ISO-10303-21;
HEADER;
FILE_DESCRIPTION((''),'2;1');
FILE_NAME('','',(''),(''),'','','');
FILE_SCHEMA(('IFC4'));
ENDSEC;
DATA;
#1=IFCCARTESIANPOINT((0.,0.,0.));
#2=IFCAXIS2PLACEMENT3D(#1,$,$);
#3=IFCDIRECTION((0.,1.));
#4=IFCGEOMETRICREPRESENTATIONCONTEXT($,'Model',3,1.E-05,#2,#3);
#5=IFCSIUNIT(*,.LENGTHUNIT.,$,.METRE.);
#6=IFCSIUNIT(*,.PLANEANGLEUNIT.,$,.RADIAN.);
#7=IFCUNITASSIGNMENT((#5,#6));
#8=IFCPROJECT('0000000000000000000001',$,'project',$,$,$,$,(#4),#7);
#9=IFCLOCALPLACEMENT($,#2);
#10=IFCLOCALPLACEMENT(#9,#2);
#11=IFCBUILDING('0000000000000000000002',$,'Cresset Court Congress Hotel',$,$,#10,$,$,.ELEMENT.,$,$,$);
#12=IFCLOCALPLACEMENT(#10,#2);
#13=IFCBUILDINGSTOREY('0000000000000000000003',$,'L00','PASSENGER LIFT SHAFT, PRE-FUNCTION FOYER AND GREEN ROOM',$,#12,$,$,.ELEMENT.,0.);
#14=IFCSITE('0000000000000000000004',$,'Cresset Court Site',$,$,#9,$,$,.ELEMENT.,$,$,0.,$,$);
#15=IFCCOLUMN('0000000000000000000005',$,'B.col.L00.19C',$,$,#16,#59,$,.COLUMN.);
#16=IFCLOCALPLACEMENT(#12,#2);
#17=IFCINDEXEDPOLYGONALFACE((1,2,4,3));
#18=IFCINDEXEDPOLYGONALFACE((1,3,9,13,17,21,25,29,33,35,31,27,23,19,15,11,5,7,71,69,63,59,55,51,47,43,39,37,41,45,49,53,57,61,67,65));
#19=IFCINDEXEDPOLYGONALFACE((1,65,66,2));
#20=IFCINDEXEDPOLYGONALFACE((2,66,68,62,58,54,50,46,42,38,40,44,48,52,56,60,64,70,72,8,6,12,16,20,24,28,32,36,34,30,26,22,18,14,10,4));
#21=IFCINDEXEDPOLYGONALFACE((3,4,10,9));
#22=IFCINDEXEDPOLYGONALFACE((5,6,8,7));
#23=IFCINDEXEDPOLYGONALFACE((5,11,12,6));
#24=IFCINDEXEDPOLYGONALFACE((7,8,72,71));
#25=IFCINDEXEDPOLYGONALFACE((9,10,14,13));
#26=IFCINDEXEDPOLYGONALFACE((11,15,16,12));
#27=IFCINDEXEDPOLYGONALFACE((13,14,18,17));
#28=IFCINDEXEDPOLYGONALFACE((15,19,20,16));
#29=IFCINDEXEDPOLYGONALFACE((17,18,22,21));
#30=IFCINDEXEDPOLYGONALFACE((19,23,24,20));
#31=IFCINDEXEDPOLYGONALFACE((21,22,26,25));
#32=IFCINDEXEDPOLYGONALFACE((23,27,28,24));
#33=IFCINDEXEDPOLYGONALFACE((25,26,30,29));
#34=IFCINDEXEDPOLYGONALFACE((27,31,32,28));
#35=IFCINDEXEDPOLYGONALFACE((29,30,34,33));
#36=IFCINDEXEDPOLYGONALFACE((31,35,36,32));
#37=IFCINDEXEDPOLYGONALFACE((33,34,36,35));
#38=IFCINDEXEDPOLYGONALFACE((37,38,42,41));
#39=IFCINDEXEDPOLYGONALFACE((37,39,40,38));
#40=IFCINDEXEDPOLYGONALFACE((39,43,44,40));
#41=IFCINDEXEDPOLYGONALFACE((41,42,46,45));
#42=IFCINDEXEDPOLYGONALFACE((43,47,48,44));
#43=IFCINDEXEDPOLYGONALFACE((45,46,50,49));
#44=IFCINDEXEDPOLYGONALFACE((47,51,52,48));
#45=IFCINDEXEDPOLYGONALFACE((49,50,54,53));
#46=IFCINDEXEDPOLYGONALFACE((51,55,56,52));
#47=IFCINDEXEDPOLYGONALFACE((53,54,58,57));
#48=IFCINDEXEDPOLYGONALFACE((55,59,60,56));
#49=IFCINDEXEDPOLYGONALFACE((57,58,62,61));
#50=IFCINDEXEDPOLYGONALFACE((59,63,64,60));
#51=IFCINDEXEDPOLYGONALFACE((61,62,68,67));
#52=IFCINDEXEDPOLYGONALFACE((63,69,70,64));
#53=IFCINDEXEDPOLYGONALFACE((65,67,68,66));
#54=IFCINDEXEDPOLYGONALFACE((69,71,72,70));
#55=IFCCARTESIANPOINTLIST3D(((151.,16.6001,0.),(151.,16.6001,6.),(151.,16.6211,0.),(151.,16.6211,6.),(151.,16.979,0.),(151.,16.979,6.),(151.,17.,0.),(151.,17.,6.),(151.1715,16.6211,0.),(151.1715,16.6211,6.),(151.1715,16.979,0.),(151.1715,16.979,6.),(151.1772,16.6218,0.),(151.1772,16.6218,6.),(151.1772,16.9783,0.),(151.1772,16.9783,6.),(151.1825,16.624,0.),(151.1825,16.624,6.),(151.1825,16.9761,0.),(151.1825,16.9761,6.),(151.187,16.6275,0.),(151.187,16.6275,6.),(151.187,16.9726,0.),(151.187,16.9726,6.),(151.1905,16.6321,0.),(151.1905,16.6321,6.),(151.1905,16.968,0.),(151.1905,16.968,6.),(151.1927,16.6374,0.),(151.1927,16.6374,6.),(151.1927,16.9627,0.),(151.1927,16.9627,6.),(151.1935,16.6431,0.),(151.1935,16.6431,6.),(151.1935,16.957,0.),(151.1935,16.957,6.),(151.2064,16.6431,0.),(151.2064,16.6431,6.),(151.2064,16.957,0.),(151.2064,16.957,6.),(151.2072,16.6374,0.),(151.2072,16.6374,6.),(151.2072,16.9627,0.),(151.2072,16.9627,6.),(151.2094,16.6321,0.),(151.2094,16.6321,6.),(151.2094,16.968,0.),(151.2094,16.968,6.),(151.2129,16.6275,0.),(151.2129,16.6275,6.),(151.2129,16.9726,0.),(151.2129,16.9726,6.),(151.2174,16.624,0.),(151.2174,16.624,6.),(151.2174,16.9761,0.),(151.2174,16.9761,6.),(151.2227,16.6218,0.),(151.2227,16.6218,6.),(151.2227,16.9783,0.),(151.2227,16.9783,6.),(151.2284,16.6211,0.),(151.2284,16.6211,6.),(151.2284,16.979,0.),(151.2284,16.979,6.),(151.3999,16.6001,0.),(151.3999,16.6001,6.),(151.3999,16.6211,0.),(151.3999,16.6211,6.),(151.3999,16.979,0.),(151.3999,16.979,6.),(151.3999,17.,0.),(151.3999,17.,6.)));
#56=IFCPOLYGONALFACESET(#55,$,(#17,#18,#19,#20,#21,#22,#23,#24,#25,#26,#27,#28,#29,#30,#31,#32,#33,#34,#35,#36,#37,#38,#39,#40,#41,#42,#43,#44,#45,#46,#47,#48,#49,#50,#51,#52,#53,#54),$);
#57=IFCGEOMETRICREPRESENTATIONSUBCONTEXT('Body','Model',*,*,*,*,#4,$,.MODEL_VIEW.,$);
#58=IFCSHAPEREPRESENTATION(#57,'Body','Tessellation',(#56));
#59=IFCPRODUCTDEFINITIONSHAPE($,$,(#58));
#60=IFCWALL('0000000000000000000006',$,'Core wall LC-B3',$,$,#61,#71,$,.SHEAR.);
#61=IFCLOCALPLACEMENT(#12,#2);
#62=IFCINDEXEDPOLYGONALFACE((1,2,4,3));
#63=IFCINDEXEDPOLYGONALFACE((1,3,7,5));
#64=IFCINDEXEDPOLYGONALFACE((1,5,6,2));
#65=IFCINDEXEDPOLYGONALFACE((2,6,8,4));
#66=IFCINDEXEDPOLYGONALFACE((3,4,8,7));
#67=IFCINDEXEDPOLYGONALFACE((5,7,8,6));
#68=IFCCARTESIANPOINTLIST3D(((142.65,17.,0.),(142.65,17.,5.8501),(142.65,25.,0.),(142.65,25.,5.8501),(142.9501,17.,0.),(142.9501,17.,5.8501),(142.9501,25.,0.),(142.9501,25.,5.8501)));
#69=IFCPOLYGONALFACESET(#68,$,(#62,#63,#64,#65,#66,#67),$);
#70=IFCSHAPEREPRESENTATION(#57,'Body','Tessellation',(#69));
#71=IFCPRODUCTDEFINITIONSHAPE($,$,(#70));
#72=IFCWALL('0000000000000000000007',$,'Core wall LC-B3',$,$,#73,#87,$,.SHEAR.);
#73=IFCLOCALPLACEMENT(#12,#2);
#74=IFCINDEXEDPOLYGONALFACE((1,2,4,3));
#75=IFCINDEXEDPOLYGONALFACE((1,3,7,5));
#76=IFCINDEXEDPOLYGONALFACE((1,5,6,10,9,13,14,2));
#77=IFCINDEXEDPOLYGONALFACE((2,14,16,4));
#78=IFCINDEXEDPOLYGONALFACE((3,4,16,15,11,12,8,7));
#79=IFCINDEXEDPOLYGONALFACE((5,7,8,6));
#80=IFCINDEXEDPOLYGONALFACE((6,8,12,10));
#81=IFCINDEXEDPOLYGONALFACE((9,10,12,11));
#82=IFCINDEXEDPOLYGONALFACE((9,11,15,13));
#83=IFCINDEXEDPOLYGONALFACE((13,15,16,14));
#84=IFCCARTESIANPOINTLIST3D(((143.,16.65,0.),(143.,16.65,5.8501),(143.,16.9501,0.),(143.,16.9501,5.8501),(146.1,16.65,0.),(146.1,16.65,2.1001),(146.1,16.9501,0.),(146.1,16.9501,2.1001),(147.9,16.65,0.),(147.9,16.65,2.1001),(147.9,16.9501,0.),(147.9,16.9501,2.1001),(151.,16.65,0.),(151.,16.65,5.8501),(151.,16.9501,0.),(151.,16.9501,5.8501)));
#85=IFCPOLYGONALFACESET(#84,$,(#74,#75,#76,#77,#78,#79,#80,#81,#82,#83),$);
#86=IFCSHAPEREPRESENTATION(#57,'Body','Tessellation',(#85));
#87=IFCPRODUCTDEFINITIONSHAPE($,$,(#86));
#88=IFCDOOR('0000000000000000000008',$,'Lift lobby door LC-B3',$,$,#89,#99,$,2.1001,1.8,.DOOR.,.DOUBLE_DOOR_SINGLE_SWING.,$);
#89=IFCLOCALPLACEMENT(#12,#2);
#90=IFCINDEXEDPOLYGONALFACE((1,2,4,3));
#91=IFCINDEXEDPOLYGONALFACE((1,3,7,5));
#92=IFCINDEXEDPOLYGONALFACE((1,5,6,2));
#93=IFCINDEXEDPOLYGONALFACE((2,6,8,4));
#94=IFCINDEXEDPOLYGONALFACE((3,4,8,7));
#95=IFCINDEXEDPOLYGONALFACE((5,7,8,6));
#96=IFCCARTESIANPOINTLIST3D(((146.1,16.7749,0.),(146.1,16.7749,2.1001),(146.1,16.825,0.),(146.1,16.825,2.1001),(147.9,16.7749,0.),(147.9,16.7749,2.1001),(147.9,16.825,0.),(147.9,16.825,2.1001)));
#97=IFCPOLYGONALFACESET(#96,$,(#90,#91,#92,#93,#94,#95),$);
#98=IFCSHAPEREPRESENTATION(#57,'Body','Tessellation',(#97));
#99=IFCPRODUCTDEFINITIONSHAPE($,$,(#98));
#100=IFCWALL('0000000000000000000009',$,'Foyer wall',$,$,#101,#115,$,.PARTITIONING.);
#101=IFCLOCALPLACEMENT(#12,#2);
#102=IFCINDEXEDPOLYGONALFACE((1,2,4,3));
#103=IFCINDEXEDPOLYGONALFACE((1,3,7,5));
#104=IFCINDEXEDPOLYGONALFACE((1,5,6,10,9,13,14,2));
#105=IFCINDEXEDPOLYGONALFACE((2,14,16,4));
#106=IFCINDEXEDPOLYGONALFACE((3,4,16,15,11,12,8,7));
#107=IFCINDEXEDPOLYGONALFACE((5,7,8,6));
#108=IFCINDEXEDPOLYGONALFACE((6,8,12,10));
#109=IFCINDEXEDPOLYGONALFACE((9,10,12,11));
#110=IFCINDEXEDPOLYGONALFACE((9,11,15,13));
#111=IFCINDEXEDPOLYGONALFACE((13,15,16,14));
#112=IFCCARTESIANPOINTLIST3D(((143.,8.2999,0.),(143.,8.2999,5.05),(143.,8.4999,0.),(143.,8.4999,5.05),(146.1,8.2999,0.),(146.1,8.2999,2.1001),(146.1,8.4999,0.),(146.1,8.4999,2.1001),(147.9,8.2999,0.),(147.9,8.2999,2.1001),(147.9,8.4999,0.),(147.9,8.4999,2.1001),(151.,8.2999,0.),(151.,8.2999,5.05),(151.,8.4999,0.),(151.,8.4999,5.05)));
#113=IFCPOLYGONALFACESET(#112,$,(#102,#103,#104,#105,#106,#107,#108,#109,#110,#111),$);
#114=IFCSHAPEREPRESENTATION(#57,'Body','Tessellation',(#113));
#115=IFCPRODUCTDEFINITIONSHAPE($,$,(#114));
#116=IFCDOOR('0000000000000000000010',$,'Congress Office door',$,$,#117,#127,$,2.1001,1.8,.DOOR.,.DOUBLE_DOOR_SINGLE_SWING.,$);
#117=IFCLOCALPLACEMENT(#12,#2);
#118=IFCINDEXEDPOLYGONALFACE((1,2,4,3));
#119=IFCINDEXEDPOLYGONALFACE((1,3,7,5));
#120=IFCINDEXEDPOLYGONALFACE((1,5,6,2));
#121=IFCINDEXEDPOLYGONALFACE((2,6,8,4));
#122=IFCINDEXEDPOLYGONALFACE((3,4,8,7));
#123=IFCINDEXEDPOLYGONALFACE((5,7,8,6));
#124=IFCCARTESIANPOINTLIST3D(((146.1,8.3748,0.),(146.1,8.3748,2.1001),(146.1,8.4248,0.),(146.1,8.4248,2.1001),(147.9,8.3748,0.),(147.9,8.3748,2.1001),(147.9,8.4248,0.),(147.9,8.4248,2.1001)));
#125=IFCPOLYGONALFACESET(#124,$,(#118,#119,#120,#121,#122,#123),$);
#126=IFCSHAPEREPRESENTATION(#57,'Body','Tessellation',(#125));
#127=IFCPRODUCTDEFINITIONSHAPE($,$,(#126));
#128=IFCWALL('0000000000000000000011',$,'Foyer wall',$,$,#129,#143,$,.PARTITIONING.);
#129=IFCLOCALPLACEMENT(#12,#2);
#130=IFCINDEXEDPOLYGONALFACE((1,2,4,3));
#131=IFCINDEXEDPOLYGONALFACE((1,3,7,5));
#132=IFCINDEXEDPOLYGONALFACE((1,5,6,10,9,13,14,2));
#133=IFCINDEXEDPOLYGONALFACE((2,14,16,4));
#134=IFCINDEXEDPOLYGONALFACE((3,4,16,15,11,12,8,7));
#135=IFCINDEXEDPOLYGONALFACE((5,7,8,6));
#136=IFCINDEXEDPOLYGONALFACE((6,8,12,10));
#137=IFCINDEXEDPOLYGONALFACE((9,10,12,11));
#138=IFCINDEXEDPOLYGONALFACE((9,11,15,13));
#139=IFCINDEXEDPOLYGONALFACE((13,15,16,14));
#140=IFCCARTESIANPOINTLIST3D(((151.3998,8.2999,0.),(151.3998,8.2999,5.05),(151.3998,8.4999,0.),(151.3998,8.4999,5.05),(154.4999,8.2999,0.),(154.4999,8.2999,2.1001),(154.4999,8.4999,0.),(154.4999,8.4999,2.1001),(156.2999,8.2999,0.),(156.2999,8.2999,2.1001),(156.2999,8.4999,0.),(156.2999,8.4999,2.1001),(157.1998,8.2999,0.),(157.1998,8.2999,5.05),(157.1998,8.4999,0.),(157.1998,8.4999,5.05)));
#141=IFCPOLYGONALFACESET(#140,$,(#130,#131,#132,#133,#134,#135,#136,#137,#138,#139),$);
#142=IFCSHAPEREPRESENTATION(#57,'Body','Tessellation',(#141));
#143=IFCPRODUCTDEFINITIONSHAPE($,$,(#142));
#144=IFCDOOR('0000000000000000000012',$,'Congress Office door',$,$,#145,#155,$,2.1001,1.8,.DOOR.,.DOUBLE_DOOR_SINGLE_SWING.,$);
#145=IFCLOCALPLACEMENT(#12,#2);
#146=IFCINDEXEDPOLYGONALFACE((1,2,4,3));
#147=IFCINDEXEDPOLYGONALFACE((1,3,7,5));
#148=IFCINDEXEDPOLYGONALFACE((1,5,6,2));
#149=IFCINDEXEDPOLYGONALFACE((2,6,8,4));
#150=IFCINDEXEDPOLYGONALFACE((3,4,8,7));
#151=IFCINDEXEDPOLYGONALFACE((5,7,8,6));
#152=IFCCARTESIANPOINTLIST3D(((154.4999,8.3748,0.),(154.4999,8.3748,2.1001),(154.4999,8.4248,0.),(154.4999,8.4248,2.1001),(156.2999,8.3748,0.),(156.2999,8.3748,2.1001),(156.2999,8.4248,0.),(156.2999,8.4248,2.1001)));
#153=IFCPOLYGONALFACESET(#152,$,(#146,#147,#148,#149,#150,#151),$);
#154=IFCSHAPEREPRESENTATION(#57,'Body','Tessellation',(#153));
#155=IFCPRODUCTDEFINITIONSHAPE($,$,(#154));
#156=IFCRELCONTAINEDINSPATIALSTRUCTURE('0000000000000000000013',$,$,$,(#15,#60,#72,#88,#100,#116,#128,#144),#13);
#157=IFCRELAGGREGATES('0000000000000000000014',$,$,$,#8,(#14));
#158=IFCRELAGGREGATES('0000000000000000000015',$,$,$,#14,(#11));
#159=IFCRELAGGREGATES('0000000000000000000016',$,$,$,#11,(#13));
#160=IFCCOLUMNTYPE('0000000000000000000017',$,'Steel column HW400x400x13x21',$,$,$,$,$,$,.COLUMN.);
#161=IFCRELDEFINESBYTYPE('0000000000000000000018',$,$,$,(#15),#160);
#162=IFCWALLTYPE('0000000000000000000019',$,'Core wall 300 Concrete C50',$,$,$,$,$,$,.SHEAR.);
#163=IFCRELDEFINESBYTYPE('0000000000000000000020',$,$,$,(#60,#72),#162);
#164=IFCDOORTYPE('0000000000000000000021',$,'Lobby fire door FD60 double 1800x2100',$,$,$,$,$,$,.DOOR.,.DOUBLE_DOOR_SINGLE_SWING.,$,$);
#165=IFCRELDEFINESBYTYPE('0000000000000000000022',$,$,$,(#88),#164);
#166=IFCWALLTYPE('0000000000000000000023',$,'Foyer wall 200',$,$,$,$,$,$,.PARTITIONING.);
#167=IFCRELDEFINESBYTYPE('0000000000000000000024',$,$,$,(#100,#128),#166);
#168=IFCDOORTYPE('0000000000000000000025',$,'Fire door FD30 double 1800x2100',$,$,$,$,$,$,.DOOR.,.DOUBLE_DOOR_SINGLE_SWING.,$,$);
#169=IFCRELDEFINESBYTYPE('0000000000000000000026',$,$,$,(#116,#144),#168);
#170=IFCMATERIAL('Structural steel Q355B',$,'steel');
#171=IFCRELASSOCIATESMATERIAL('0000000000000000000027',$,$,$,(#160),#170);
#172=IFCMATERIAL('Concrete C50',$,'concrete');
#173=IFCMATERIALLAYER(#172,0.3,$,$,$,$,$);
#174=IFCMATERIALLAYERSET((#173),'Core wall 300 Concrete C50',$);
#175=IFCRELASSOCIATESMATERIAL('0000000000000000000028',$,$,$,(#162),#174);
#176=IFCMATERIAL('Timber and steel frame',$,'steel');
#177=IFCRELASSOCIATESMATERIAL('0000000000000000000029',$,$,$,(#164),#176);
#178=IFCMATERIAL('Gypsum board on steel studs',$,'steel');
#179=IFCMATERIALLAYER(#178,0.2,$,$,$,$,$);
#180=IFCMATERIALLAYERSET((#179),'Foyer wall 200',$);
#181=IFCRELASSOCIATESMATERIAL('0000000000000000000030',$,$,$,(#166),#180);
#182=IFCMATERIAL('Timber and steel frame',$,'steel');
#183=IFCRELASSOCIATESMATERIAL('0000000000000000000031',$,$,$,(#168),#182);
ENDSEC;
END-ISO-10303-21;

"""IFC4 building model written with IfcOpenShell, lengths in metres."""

from ifc_helpers import new_model, si_unit, direction, frame, frame_2d, origin, origin_2d, place, context, subcontext, project, spatial, rectangle, i_section, extrude, material, layer, layer_set, material_profile, profile_set, type_object, element, fill, save


model = new_model("IFC4")

# Units and contexts
model_context = context("Model", 3, precision=1e-05, world=origin(), true_north=direction((0.0, 1.0)))
body_context = subcontext(model_context, "Body", "Model", "MODEL_VIEW")
ifc_project = project(units=[si_unit("LENGTHUNIT", "METRE"), si_unit("PLANEANGLEUNIT", "RADIAN")], contexts=[model_context])

# Site, building, storey
site_placement = place(None, origin())
site = spatial("IfcSite", under=ifc_project, at=site_placement, Name="Cresset Court Site", CompositionType="ELEMENT", RefElevation=0.0)
building_placement = place(site_placement, origin())
building = spatial("IfcBuilding", under=site, at=building_placement, Name="Cresset Court Congress Hotel", CompositionType="ELEMENT")
storey_placement = place(building_placement, origin())
storey = spatial("IfcBuildingStorey", under=building, at=storey_placement, Name="L00", Description="PASSENGER LIFT SHAFT, PRE-FUNCTION FOYER AND GREEN ROOM", CompositionType="ELEMENT", Elevation=0.0)

# Column
ifc_material_1 = material(Name="Structural steel Q355B", Category="steel")
ifc_material_profile = material_profile(ifc_material_1, i_section(OverallWidth=0.3999, OverallDepth=0.3999, WebThickness=0.0129, FlangeThickness=0.021, FilletRadius=0.022, at=origin_2d()), Name="HW400x400x13x21")
ifc_profile_set = profile_set([ifc_material_profile], Name="Structural steel Q355B")
column_type = type_object("IfcColumnType", Name="Steel column HW400x400x13x21", PredefinedType="COLUMN", material=ifc_profile_set)
for number, where, z_axis, x_axis, name in (
    (1, (151.2, 16.8, 0.0), (0.0, 0.0, 1.0), (1.0, 0.0, 0.0), "B.col.L00.19C"),
):
    element("IfcColumn", number, at=place(storey_placement, frame(where, z_axis=z_axis, x_axis=x_axis)), inside=storey, type_object=column_type, Name=name, PredefinedType="COLUMN", context=body_context, shape_type="SweptSolid", body=[
        extrude(i_section(OverallWidth=0.3999, OverallDepth=0.3999, WebThickness=0.0129, FlangeThickness=0.021, FilletRadius=0.022, at=origin_2d()), origin(), (0.0, 0.0, 1.0), 6.0),
    ])

# Wall
ifc_material_2 = material(Name="Concrete C50", Category="concrete")
ifc_layer_1 = layer(ifc_material_2, 0.3)
ifc_layer_set_1 = layer_set([ifc_layer_1], Name="Core wall 300 Concrete C50")
wall_type_1 = type_object("IfcWallType", Name="Core wall 300 Concrete C50", PredefinedType="SHEAR", material=ifc_layer_set_1)
wall_1_placement = place(storey_placement, frame((142.8, 17.0, 0.0), z_axis=(0.0, 0.0, 1.0), x_axis=(0.0, 1.0, 0.0)))
element("IfcWall", 2, at=wall_1_placement, inside=storey, type_object=wall_type_1, Name="Core wall LC-B3", PredefinedType="SHEAR", context=body_context, shape_type="SweptSolid", body=[
    extrude(rectangle(XDim=8.0, YDim=0.3, at=frame_2d((4.0, 0.0))), origin(), (0.0, 0.0, 1.0), 5.8501),
])

# Walls, openings, doors
wall_2_placement = place(storey_placement, frame((143.0, 16.8, 0.0), z_axis=(0.0, 0.0, 1.0), x_axis=(1.0, 0.0, 0.0)))
wall_2 = element("IfcWall", 3, at=wall_2_placement, inside=storey, type_object=wall_type_1, Name="Core wall LC-B3", PredefinedType="SHEAR", context=body_context, shape_type="SweptSolid", body=[
    extrude(rectangle(XDim=8.0, YDim=0.3, at=frame_2d((4.0, 0.0))), origin(), (0.0, 0.0, 1.0), 5.8501),
])
opening_1_placement = place(wall_2_placement, frame((3.1001, 0.0, 0.0)))
opening_1 = element("IfcOpeningElement", 4, at=opening_1_placement, cuts=wall_2, PredefinedType="OPENING", context=body_context, shape_type="SweptSolid", body=[
    extrude(rectangle(XDim=1.8, YDim=2.1001, at=frame_2d((0.8999, 1.05))), frame((0.0, 0.1599, 0.0), z_axis=(0.0, -1.0, 0.0), x_axis=(1.0, 0.0, 0.0)), (0.0, 0.0, 1.0), 0.3201),
])
ifc_material_3 = material(Name="Timber and steel frame", Category="steel")
door_type_1 = type_object("IfcDoorType", Name="Lobby fire door FD60 double 1800x2100", OperationType="DOUBLE_DOOR_SINGLE_SWING", PredefinedType="DOOR", material=ifc_material_3)
door_1_placement = place(opening_1_placement, origin())
door_1 = element("IfcDoor", 5, at=door_1_placement, inside=storey, type_object=door_type_1, Name="Lift lobby door LC-B3", OperationType="DOUBLE_DOOR_SINGLE_SWING", OverallHeight=2.1001, OverallWidth=1.8, PredefinedType="DOOR", context=body_context, shape_type="SweptSolid", body=[
    extrude(rectangle(XDim=1.8, YDim=2.1001, at=frame_2d((0.8999, 1.05))), frame((0.0, 0.0249, 0.0), z_axis=(0.0, -1.0, 0.0), x_axis=(1.0, 0.0, 0.0)), (0.0, 0.0, 1.0), 0.05),
])
fill(opening_1, door_1)
ifc_material_4 = material(Name="Gypsum board on steel studs", Category="steel")
ifc_layer_2 = layer(ifc_material_4, 0.2)
ifc_layer_set_2 = layer_set([ifc_layer_2], Name="Foyer wall 200")
wall_type_2 = type_object("IfcWallType", Name="Foyer wall 200", PredefinedType="PARTITIONING", material=ifc_layer_set_2)
wall_3_placement = place(storey_placement, frame((143.0, 8.3999, 0.0), z_axis=(0.0, 0.0, 1.0), x_axis=(1.0, 0.0, 0.0)))
wall_3 = element("IfcWall", 6, at=wall_3_placement, inside=storey, type_object=wall_type_2, Name="Foyer wall", PredefinedType="PARTITIONING", context=body_context, shape_type="SweptSolid", body=[
    extrude(rectangle(XDim=8.0, YDim=0.2, at=frame_2d((4.0, 0.0))), origin(), (0.0, 0.0, 1.0), 5.05),
])
opening_2_placement = place(wall_3_placement, frame((3.1001, 0.0, 0.0)))
opening_2 = element("IfcOpeningElement", 7, at=opening_2_placement, cuts=wall_3, PredefinedType="OPENING", context=body_context, shape_type="SweptSolid", body=[
    extrude(rectangle(XDim=1.8, YDim=2.1001, at=frame_2d((0.8999, 1.05))), frame((0.0, 0.1099, 0.0), z_axis=(0.0, -1.0, 0.0), x_axis=(1.0, 0.0, 0.0)), (0.0, 0.0, 1.0), 0.22),
])
ifc_material_5 = material(Name="Timber and steel frame", Category="steel")
door_type_2 = type_object("IfcDoorType", Name="Fire door FD30 double 1800x2100", OperationType="DOUBLE_DOOR_SINGLE_SWING", PredefinedType="DOOR", material=ifc_material_5)
door_2_placement = place(opening_2_placement, origin())
door_2 = element("IfcDoor", 8, at=door_2_placement, inside=storey, type_object=door_type_2, Name="Congress Office door", OperationType="DOUBLE_DOOR_SINGLE_SWING", OverallHeight=2.1001, OverallWidth=1.8, PredefinedType="DOOR", context=body_context, shape_type="SweptSolid", body=[
    extrude(rectangle(XDim=1.8, YDim=2.1001, at=frame_2d((0.8999, 1.05))), frame((0.0, 0.0249, 0.0), z_axis=(0.0, -1.0, 0.0), x_axis=(1.0, 0.0, 0.0)), (0.0, 0.0, 1.0), 0.05),
])
fill(opening_2, door_2)
wall_4_placement = place(storey_placement, frame((151.3999, 8.3999, 0.0), z_axis=(0.0, 0.0, 1.0), x_axis=(1.0, 0.0, 0.0)))
wall_4 = element("IfcWall", 9, at=wall_4_placement, inside=storey, type_object=wall_type_2, Name="Foyer wall", PredefinedType="PARTITIONING", context=body_context, shape_type="SweptSolid", body=[
    extrude(rectangle(XDim=5.8, YDim=0.2, at=frame_2d((2.8999, 0.0))), origin(), (0.0, 0.0, 1.0), 5.05),
])
opening_3_placement = place(wall_4_placement, frame((3.1001, 0.0, 0.0)))
opening_3 = element("IfcOpeningElement", 10, at=opening_3_placement, cuts=wall_4, PredefinedType="OPENING", context=body_context, shape_type="SweptSolid", body=[
    extrude(rectangle(XDim=1.8, YDim=2.1001, at=frame_2d((0.8999, 1.05))), frame((0.0, 0.1099, 0.0), z_axis=(0.0, -1.0, 0.0), x_axis=(1.0, 0.0, 0.0)), (0.0, 0.0, 1.0), 0.22),
])
door_3_placement = place(opening_3_placement, origin())
door_3 = element("IfcDoor", 11, at=door_3_placement, inside=storey, type_object=door_type_2, Name="Congress Office door", OperationType="DOUBLE_DOOR_SINGLE_SWING", OverallHeight=2.1001, OverallWidth=1.8, PredefinedType="DOOR", context=body_context, shape_type="SweptSolid", body=[
    extrude(rectangle(XDim=1.8, YDim=2.1001, at=frame_2d((0.8999, 1.05))), frame((0.0, 0.0249, 0.0), z_axis=(0.0, -1.0, 0.0), x_axis=(1.0, 0.0, 0.0)), (0.0, 0.0, 1.0), 0.05),
])
fill(opening_3, door_3)

save(model, "model.ifc")
